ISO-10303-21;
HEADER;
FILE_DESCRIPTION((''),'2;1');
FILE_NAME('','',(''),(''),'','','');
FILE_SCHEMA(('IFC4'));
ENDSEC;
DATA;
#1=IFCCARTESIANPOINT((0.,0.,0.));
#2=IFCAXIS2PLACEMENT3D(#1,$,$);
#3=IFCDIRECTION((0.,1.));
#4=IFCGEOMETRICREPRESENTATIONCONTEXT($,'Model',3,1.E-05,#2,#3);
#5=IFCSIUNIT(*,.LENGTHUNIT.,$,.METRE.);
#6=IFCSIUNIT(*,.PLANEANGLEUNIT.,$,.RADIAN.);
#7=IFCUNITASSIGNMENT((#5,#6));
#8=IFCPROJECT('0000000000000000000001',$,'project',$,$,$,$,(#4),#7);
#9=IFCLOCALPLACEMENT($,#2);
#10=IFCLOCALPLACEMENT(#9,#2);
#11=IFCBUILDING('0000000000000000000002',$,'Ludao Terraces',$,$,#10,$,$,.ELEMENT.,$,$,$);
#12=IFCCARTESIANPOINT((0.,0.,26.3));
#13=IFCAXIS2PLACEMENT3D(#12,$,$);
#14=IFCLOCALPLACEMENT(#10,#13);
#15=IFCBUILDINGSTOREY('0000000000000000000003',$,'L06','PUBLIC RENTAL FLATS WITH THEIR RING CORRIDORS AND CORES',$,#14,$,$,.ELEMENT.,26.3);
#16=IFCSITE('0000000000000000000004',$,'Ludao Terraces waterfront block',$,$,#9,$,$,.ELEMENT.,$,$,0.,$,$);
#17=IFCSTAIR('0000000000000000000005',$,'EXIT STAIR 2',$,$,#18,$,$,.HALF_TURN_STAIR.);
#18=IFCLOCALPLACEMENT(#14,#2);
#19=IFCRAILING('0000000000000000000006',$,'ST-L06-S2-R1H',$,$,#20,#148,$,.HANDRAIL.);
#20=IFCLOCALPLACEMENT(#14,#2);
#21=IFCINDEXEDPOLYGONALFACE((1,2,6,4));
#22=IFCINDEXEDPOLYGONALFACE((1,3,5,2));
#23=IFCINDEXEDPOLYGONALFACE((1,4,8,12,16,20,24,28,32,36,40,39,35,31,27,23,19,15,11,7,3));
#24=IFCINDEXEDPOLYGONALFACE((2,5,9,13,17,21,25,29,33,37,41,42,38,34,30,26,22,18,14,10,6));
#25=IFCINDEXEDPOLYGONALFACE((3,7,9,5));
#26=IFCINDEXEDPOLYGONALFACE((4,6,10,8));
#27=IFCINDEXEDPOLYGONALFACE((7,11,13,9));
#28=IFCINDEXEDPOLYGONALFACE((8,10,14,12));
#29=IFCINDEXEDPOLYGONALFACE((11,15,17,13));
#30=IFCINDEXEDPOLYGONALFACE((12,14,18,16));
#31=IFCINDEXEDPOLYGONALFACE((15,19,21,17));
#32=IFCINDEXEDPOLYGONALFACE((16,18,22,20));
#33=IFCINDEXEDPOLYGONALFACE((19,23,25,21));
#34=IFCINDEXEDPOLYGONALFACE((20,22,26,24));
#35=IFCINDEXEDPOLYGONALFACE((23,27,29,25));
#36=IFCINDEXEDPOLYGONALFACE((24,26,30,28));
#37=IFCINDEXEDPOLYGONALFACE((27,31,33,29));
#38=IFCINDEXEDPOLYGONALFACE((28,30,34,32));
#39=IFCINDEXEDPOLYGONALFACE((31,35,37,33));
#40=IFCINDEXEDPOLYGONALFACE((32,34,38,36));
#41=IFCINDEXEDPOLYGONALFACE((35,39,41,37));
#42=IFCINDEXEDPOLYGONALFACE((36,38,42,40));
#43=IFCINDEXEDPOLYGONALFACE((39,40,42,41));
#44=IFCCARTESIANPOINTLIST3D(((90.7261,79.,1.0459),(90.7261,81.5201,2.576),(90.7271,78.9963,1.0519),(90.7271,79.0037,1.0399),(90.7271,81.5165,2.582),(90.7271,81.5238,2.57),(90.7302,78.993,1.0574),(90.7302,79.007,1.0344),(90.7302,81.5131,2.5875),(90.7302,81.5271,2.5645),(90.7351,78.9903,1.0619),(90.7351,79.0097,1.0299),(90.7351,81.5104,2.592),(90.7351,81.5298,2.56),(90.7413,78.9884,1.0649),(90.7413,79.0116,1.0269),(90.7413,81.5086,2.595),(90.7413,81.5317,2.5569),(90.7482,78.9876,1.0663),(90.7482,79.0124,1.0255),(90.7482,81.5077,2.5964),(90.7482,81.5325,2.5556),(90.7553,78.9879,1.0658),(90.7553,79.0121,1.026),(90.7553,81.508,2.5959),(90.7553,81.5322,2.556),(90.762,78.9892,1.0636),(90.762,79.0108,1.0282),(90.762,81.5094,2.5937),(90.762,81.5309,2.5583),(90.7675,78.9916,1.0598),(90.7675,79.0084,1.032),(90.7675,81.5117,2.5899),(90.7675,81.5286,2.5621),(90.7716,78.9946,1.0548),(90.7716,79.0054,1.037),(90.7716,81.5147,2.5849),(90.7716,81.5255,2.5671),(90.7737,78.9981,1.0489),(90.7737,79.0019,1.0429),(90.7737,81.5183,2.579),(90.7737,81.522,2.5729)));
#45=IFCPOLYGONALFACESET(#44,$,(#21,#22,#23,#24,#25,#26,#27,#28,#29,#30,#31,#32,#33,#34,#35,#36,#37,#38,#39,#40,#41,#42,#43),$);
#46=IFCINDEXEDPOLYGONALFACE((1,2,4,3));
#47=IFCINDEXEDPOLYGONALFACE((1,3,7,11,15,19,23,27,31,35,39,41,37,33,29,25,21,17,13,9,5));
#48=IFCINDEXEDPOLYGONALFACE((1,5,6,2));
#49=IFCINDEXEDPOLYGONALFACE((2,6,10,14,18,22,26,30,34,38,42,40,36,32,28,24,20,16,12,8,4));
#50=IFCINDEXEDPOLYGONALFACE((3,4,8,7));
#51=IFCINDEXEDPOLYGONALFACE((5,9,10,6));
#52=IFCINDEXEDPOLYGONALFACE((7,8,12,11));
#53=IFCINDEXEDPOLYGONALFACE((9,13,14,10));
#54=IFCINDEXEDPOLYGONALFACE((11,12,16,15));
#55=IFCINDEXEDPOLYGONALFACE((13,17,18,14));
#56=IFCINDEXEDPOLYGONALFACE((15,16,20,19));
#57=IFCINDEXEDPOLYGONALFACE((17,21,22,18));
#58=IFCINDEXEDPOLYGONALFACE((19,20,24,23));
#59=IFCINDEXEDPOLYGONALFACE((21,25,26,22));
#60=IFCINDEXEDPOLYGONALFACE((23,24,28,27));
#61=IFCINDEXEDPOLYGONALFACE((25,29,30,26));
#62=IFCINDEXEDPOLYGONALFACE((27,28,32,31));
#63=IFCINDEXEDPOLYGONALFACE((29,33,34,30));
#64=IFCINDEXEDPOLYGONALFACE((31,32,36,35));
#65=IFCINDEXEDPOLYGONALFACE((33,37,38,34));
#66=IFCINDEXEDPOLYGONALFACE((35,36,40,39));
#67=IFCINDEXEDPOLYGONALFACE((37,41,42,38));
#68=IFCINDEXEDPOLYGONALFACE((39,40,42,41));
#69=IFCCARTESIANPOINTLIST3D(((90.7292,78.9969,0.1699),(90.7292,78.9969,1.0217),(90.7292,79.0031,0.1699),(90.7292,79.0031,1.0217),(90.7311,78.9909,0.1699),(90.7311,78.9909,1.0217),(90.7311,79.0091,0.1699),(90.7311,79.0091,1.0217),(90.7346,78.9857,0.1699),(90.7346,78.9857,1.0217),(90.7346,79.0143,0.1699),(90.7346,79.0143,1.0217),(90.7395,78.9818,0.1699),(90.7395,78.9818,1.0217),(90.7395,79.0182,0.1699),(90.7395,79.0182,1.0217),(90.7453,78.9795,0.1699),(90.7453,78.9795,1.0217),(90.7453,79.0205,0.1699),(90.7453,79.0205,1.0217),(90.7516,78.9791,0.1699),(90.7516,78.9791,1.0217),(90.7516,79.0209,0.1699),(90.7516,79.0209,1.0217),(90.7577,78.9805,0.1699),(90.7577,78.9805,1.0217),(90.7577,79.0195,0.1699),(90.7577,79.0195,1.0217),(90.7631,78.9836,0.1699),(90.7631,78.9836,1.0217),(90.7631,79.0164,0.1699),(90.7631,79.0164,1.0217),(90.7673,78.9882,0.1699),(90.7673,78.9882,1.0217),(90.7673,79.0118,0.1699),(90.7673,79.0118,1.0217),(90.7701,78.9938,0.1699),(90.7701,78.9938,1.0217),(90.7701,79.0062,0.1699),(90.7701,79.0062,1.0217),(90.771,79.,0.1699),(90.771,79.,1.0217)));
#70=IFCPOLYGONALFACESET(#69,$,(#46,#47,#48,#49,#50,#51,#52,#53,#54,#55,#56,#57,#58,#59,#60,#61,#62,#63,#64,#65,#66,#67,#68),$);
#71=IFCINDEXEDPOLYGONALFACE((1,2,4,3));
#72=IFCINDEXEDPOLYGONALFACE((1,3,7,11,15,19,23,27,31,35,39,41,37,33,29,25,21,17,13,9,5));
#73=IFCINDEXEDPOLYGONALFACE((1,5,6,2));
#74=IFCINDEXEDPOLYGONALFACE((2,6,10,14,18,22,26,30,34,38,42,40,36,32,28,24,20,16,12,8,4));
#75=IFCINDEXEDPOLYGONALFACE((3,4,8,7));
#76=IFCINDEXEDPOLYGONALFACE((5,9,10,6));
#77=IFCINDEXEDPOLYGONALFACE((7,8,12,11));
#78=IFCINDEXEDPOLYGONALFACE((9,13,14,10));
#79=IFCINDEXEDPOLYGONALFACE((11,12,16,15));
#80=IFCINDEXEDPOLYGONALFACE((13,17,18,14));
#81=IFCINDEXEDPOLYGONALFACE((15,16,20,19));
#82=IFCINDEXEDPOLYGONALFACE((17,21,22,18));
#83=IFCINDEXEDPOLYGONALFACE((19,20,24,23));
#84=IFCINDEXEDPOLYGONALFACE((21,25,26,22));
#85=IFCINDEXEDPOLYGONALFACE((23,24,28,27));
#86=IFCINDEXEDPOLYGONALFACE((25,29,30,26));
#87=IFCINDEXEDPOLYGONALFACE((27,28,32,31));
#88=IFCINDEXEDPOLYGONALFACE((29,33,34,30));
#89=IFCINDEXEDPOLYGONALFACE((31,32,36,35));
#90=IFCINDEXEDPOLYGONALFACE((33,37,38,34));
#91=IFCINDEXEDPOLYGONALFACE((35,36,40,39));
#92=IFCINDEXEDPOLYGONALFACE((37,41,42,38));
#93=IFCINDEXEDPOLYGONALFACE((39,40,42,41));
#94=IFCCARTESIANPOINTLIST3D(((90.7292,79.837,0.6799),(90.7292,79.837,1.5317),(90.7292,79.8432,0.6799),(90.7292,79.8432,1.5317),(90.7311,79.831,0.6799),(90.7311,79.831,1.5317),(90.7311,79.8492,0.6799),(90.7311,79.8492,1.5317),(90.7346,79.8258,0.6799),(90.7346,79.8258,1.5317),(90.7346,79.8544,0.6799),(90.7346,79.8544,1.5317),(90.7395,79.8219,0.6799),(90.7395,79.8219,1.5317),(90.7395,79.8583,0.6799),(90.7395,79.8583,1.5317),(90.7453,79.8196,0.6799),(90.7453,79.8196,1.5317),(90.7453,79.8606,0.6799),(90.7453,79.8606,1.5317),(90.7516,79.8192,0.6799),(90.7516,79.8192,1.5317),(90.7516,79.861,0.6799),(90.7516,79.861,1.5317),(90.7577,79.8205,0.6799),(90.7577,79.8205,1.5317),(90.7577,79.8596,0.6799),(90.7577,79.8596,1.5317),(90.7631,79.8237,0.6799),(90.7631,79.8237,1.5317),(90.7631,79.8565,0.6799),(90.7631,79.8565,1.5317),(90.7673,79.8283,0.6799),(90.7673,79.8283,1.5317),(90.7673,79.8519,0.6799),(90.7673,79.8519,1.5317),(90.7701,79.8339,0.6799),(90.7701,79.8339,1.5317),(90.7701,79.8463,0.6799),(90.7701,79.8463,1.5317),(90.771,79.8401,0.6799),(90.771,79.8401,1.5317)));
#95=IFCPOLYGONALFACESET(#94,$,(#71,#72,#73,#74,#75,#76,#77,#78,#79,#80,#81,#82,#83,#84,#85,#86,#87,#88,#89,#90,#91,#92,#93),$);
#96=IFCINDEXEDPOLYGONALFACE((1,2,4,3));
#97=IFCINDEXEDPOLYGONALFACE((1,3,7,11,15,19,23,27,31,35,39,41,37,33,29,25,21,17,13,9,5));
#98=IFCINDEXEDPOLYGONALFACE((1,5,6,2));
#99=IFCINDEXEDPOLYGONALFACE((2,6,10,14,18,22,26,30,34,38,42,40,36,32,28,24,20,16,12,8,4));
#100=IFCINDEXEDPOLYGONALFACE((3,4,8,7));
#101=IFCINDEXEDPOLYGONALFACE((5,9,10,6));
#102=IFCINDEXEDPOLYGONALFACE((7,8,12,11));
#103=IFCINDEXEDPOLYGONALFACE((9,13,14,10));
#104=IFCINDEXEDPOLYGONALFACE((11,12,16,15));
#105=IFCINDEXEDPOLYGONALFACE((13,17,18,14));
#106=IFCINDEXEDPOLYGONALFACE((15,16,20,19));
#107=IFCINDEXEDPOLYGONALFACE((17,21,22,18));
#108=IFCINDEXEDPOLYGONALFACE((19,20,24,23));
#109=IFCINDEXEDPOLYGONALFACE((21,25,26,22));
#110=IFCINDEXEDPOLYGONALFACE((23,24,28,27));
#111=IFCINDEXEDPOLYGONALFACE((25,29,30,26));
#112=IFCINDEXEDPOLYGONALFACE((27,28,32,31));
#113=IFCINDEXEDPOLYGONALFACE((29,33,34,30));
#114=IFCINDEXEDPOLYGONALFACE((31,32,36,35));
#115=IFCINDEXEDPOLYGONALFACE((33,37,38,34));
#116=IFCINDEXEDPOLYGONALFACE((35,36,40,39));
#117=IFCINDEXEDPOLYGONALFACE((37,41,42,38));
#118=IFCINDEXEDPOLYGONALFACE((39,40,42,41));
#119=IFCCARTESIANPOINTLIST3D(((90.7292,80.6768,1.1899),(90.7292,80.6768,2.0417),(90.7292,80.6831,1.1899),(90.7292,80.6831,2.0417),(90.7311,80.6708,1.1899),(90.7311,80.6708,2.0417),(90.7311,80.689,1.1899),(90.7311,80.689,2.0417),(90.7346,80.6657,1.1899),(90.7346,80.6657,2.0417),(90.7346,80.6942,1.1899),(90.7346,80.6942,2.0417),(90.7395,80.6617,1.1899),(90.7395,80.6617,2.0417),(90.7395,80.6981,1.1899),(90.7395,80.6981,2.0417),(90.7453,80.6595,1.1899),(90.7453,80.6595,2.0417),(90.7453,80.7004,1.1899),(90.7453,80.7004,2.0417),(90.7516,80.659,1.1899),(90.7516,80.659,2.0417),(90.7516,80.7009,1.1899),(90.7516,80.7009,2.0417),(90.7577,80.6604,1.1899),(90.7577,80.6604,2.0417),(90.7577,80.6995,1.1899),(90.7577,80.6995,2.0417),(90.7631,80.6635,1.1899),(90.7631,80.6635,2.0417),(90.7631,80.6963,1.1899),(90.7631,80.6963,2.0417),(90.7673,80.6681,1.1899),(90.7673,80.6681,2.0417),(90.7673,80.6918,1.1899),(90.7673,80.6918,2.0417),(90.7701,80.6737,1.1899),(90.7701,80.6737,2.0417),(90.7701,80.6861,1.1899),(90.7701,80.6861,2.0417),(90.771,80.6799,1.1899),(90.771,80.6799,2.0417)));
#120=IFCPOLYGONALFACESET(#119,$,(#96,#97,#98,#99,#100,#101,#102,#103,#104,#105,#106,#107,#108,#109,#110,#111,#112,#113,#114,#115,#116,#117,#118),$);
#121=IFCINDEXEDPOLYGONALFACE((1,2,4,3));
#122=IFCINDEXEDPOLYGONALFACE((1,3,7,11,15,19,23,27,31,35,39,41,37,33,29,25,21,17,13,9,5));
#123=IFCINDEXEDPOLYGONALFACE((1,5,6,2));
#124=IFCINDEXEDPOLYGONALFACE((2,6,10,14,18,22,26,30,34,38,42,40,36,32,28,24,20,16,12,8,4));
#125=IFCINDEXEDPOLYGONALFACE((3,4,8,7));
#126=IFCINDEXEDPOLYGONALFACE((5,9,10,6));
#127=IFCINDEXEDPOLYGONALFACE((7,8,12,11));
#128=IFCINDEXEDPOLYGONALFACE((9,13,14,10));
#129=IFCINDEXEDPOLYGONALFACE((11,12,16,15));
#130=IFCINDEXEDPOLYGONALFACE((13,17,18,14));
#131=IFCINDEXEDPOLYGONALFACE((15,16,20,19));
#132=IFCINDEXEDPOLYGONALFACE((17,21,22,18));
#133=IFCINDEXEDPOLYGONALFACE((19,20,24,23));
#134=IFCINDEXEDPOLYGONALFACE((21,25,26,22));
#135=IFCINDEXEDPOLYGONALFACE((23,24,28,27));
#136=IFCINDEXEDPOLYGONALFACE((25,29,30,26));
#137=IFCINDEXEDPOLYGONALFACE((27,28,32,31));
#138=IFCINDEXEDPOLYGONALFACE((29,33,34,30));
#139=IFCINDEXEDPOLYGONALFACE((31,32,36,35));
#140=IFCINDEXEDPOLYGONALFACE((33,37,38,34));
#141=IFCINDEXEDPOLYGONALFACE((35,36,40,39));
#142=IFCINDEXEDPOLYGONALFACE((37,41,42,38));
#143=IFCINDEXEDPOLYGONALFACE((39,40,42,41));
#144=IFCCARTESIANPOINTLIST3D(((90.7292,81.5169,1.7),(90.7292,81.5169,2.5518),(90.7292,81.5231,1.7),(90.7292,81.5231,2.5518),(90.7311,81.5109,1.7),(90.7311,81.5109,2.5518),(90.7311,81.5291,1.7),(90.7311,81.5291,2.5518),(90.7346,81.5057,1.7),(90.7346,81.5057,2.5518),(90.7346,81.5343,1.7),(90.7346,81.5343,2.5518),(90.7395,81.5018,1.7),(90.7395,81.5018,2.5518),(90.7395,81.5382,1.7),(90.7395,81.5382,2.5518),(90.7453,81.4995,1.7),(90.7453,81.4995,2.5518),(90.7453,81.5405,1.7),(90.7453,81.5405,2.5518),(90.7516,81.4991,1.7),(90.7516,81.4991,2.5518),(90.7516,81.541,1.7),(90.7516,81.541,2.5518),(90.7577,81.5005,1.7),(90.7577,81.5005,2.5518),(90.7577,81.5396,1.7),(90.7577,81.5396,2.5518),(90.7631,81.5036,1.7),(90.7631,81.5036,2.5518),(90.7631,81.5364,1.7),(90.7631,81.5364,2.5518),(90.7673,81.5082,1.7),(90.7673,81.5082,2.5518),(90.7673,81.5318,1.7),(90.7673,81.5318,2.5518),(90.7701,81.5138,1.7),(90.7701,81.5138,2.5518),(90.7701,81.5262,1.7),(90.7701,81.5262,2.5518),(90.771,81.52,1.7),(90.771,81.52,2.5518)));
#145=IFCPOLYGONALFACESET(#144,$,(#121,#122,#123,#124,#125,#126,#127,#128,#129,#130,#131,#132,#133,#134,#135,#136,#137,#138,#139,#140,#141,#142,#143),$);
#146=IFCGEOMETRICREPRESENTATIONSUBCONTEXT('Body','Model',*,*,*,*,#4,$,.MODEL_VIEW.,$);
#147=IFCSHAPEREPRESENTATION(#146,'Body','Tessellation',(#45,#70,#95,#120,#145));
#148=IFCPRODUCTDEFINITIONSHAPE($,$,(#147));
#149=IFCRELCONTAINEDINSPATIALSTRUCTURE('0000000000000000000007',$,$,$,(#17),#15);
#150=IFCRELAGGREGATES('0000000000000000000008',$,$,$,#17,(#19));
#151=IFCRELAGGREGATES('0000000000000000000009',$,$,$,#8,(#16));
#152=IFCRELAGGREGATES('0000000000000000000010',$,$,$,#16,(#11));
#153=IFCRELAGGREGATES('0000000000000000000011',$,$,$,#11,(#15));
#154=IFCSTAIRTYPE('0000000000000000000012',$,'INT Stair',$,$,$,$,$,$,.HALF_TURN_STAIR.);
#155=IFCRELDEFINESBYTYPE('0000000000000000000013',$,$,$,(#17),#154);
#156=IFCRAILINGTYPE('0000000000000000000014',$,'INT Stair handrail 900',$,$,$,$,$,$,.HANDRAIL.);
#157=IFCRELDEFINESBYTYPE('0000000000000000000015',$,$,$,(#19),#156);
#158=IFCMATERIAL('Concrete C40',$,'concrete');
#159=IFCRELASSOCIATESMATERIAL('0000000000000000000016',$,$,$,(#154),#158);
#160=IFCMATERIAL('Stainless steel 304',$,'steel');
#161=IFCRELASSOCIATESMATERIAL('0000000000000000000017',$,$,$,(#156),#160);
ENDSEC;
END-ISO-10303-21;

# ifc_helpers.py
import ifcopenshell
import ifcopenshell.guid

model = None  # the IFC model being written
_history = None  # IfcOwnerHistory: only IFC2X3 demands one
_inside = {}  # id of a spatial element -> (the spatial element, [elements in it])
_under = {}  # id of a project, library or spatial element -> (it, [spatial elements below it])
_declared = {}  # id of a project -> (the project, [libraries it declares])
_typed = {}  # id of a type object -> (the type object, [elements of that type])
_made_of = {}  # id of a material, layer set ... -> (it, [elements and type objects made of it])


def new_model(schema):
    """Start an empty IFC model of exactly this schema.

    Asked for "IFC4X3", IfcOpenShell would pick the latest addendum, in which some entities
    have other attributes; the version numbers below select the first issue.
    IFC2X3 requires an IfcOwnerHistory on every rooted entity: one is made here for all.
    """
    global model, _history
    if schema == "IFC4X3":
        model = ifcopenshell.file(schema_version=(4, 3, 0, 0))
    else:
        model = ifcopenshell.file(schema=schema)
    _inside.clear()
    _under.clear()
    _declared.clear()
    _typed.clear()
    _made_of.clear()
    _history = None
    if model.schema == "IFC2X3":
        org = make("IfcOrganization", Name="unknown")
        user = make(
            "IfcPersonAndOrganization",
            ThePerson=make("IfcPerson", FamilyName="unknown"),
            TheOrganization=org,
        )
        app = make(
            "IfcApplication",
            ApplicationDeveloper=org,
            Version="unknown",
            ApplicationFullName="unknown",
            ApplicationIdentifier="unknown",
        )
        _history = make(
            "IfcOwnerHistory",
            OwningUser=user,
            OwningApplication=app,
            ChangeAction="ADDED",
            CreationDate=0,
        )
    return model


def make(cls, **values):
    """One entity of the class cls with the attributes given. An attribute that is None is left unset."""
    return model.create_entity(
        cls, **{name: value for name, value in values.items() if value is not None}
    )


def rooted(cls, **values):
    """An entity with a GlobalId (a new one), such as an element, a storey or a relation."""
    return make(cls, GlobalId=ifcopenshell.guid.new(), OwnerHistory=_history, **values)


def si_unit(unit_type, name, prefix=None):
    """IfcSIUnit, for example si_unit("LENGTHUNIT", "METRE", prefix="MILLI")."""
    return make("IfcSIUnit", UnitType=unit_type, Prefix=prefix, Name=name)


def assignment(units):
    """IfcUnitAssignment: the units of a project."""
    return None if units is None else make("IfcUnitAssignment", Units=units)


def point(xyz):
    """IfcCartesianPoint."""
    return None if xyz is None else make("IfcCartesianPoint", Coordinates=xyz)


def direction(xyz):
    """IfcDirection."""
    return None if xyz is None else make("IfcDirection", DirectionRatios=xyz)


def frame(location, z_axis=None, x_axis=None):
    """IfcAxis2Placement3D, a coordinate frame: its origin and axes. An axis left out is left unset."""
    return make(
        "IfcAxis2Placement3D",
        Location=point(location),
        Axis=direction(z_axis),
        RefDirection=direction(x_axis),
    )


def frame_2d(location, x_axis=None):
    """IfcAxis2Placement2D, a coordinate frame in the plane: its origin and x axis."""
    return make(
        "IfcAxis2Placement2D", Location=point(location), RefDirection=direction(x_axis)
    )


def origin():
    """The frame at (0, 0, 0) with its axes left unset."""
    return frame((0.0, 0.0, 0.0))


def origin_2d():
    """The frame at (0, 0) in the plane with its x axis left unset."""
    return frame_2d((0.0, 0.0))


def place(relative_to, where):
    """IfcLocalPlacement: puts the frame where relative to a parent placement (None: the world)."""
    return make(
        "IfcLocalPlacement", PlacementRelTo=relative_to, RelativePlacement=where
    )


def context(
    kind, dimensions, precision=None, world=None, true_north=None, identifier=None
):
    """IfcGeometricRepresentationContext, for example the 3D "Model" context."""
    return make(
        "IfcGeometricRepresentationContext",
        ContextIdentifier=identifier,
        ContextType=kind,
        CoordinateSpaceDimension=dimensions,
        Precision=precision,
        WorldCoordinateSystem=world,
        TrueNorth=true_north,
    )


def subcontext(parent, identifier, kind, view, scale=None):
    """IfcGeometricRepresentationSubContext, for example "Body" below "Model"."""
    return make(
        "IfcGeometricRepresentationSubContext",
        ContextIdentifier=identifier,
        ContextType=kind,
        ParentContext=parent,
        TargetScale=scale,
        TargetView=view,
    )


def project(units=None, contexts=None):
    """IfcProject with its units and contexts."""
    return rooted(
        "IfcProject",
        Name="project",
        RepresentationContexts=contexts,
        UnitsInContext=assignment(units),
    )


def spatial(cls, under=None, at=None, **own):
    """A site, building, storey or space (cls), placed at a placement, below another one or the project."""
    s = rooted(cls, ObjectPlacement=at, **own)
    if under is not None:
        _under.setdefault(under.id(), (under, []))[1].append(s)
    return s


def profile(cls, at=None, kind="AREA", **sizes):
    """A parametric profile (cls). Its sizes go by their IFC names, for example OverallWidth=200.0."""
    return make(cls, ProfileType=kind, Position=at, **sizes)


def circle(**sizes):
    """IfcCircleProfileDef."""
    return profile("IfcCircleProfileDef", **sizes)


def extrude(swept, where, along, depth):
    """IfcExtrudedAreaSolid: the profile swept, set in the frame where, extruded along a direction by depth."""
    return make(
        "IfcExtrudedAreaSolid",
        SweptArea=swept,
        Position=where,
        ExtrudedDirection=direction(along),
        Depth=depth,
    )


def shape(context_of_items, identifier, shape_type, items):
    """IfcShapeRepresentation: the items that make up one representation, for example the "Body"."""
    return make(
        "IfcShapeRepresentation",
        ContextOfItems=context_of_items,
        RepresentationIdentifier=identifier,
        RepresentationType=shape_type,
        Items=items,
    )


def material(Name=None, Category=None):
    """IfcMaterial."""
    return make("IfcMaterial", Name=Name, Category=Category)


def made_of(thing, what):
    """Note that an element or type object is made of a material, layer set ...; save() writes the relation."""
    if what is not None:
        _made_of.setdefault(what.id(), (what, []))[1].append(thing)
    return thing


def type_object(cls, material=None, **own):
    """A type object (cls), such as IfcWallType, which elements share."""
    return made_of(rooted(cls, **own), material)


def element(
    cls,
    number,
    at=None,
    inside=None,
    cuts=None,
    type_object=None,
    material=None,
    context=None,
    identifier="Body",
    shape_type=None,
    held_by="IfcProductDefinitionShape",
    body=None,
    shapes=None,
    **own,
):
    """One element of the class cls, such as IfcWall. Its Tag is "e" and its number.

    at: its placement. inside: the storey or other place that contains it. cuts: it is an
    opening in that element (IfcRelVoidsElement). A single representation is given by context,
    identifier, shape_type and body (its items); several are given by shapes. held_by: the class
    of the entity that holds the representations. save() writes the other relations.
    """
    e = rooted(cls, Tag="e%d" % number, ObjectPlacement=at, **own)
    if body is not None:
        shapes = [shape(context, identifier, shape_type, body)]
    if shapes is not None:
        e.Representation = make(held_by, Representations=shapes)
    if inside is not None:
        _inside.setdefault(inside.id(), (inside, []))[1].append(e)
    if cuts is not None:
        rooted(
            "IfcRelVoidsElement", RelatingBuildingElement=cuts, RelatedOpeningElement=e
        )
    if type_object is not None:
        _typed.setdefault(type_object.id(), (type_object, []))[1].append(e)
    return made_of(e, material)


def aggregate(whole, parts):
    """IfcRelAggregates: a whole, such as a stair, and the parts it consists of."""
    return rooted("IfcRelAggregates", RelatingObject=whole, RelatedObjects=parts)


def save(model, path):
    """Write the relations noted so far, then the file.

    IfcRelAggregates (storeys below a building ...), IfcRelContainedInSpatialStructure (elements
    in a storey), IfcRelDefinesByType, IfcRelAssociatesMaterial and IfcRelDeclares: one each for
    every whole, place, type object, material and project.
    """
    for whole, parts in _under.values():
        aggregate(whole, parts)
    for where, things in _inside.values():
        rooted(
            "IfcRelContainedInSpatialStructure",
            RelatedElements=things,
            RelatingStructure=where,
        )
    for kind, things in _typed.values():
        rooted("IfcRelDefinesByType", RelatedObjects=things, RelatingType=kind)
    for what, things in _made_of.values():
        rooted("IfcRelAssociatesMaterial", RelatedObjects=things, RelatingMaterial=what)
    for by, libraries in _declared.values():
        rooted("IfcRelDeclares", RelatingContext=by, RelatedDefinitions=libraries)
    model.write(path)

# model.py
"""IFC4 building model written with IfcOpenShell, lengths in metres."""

from ifc_helpers import new_model, si_unit, direction, frame, origin, origin_2d, place, context, subcontext, project, spatial, circle, extrude, material, type_object, element, aggregate, save


model = new_model("IFC4")

# Units and contexts
model_context = context("Model", 3, precision=1e-05, world=origin(), true_north=direction((0.0, 1.0)))
body_context = subcontext(model_context, "Body", "Model", "MODEL_VIEW")
ifc_project = project(units=[si_unit("LENGTHUNIT", "METRE"), si_unit("PLANEANGLEUNIT", "RADIAN")], contexts=[model_context])

# Site, building, storey
site_placement = place(None, origin())
site = spatial("IfcSite", under=ifc_project, at=site_placement, Name="Ludao Terraces waterfront block", CompositionType="ELEMENT", RefElevation=0.0)
building_placement = place(site_placement, origin())
building = spatial("IfcBuilding", under=site, at=building_placement, Name="Ludao Terraces", CompositionType="ELEMENT")
storey_placement = place(building_placement, frame((0.0, 0.0, 26.3)))
storey = spatial("IfcBuildingStorey", under=building, at=storey_placement, Name="L06", Description="PUBLIC RENTAL FLATS WITH THEIR RING CORRIDORS AND CORES", CompositionType="ELEMENT", Elevation=26.3)

# Shared definitions
ifc_material_1 = material(Name="Stainless steel 304", Category="steel")

# Stair, railing
ifc_material_2 = material(Name="Concrete C40", Category="concrete")
stair_type = type_object("IfcStairType", Name="INT Stair", PredefinedType="HALF_TURN_STAIR", material=ifc_material_2)
stair_placement = place(storey_placement, origin())
stair = element("IfcStair", 1, at=stair_placement, inside=storey, type_object=stair_type, Name="EXIT STAIR 2", PredefinedType="HALF_TURN_STAIR")
railing_type_1 = type_object("IfcRailingType", Name="INT Stair handrail 900", PredefinedType="HANDRAIL", material=ifc_material_1)
railing_1_placement = place(storey_placement, frame((90.75, 79.0, 0.1699)))
railing_1 = element("IfcRailing", 2, at=railing_1_placement, type_object=railing_type_1, Name="ST-L06-S2-R1H", PredefinedType="HANDRAIL", context=body_context, shape_type="SweptSolid", body=[
    extrude(circle(Radius=0.0239, at=origin_2d()), frame((0.0, 0.0, 0.876), z_axis=(0.0, 0.854785, 0.518982), x_axis=(-1.0, 0.0, 0.0)), (0.0, 0.0, 1.0), 2.9482),
    extrude(circle(Radius=0.021, at=origin_2d()), origin(), (0.0, 0.0, 1.0), 0.8518),
    extrude(circle(Radius=0.021, at=origin_2d()), frame((0.0, 0.8401, 0.51)), (0.0, 0.0, 1.0), 0.8518),
    extrude(circle(Radius=0.021, at=origin_2d()), frame((0.0, 1.6799, 1.02)), (0.0, 0.0, 1.0), 0.8518),
    extrude(circle(Radius=0.021, at=origin_2d()), frame((0.0, 2.52, 1.53)), (0.0, 0.0, 1.0), 0.8518),
])
aggregate(stair, [railing_1])

save(model, "model.ifc")
